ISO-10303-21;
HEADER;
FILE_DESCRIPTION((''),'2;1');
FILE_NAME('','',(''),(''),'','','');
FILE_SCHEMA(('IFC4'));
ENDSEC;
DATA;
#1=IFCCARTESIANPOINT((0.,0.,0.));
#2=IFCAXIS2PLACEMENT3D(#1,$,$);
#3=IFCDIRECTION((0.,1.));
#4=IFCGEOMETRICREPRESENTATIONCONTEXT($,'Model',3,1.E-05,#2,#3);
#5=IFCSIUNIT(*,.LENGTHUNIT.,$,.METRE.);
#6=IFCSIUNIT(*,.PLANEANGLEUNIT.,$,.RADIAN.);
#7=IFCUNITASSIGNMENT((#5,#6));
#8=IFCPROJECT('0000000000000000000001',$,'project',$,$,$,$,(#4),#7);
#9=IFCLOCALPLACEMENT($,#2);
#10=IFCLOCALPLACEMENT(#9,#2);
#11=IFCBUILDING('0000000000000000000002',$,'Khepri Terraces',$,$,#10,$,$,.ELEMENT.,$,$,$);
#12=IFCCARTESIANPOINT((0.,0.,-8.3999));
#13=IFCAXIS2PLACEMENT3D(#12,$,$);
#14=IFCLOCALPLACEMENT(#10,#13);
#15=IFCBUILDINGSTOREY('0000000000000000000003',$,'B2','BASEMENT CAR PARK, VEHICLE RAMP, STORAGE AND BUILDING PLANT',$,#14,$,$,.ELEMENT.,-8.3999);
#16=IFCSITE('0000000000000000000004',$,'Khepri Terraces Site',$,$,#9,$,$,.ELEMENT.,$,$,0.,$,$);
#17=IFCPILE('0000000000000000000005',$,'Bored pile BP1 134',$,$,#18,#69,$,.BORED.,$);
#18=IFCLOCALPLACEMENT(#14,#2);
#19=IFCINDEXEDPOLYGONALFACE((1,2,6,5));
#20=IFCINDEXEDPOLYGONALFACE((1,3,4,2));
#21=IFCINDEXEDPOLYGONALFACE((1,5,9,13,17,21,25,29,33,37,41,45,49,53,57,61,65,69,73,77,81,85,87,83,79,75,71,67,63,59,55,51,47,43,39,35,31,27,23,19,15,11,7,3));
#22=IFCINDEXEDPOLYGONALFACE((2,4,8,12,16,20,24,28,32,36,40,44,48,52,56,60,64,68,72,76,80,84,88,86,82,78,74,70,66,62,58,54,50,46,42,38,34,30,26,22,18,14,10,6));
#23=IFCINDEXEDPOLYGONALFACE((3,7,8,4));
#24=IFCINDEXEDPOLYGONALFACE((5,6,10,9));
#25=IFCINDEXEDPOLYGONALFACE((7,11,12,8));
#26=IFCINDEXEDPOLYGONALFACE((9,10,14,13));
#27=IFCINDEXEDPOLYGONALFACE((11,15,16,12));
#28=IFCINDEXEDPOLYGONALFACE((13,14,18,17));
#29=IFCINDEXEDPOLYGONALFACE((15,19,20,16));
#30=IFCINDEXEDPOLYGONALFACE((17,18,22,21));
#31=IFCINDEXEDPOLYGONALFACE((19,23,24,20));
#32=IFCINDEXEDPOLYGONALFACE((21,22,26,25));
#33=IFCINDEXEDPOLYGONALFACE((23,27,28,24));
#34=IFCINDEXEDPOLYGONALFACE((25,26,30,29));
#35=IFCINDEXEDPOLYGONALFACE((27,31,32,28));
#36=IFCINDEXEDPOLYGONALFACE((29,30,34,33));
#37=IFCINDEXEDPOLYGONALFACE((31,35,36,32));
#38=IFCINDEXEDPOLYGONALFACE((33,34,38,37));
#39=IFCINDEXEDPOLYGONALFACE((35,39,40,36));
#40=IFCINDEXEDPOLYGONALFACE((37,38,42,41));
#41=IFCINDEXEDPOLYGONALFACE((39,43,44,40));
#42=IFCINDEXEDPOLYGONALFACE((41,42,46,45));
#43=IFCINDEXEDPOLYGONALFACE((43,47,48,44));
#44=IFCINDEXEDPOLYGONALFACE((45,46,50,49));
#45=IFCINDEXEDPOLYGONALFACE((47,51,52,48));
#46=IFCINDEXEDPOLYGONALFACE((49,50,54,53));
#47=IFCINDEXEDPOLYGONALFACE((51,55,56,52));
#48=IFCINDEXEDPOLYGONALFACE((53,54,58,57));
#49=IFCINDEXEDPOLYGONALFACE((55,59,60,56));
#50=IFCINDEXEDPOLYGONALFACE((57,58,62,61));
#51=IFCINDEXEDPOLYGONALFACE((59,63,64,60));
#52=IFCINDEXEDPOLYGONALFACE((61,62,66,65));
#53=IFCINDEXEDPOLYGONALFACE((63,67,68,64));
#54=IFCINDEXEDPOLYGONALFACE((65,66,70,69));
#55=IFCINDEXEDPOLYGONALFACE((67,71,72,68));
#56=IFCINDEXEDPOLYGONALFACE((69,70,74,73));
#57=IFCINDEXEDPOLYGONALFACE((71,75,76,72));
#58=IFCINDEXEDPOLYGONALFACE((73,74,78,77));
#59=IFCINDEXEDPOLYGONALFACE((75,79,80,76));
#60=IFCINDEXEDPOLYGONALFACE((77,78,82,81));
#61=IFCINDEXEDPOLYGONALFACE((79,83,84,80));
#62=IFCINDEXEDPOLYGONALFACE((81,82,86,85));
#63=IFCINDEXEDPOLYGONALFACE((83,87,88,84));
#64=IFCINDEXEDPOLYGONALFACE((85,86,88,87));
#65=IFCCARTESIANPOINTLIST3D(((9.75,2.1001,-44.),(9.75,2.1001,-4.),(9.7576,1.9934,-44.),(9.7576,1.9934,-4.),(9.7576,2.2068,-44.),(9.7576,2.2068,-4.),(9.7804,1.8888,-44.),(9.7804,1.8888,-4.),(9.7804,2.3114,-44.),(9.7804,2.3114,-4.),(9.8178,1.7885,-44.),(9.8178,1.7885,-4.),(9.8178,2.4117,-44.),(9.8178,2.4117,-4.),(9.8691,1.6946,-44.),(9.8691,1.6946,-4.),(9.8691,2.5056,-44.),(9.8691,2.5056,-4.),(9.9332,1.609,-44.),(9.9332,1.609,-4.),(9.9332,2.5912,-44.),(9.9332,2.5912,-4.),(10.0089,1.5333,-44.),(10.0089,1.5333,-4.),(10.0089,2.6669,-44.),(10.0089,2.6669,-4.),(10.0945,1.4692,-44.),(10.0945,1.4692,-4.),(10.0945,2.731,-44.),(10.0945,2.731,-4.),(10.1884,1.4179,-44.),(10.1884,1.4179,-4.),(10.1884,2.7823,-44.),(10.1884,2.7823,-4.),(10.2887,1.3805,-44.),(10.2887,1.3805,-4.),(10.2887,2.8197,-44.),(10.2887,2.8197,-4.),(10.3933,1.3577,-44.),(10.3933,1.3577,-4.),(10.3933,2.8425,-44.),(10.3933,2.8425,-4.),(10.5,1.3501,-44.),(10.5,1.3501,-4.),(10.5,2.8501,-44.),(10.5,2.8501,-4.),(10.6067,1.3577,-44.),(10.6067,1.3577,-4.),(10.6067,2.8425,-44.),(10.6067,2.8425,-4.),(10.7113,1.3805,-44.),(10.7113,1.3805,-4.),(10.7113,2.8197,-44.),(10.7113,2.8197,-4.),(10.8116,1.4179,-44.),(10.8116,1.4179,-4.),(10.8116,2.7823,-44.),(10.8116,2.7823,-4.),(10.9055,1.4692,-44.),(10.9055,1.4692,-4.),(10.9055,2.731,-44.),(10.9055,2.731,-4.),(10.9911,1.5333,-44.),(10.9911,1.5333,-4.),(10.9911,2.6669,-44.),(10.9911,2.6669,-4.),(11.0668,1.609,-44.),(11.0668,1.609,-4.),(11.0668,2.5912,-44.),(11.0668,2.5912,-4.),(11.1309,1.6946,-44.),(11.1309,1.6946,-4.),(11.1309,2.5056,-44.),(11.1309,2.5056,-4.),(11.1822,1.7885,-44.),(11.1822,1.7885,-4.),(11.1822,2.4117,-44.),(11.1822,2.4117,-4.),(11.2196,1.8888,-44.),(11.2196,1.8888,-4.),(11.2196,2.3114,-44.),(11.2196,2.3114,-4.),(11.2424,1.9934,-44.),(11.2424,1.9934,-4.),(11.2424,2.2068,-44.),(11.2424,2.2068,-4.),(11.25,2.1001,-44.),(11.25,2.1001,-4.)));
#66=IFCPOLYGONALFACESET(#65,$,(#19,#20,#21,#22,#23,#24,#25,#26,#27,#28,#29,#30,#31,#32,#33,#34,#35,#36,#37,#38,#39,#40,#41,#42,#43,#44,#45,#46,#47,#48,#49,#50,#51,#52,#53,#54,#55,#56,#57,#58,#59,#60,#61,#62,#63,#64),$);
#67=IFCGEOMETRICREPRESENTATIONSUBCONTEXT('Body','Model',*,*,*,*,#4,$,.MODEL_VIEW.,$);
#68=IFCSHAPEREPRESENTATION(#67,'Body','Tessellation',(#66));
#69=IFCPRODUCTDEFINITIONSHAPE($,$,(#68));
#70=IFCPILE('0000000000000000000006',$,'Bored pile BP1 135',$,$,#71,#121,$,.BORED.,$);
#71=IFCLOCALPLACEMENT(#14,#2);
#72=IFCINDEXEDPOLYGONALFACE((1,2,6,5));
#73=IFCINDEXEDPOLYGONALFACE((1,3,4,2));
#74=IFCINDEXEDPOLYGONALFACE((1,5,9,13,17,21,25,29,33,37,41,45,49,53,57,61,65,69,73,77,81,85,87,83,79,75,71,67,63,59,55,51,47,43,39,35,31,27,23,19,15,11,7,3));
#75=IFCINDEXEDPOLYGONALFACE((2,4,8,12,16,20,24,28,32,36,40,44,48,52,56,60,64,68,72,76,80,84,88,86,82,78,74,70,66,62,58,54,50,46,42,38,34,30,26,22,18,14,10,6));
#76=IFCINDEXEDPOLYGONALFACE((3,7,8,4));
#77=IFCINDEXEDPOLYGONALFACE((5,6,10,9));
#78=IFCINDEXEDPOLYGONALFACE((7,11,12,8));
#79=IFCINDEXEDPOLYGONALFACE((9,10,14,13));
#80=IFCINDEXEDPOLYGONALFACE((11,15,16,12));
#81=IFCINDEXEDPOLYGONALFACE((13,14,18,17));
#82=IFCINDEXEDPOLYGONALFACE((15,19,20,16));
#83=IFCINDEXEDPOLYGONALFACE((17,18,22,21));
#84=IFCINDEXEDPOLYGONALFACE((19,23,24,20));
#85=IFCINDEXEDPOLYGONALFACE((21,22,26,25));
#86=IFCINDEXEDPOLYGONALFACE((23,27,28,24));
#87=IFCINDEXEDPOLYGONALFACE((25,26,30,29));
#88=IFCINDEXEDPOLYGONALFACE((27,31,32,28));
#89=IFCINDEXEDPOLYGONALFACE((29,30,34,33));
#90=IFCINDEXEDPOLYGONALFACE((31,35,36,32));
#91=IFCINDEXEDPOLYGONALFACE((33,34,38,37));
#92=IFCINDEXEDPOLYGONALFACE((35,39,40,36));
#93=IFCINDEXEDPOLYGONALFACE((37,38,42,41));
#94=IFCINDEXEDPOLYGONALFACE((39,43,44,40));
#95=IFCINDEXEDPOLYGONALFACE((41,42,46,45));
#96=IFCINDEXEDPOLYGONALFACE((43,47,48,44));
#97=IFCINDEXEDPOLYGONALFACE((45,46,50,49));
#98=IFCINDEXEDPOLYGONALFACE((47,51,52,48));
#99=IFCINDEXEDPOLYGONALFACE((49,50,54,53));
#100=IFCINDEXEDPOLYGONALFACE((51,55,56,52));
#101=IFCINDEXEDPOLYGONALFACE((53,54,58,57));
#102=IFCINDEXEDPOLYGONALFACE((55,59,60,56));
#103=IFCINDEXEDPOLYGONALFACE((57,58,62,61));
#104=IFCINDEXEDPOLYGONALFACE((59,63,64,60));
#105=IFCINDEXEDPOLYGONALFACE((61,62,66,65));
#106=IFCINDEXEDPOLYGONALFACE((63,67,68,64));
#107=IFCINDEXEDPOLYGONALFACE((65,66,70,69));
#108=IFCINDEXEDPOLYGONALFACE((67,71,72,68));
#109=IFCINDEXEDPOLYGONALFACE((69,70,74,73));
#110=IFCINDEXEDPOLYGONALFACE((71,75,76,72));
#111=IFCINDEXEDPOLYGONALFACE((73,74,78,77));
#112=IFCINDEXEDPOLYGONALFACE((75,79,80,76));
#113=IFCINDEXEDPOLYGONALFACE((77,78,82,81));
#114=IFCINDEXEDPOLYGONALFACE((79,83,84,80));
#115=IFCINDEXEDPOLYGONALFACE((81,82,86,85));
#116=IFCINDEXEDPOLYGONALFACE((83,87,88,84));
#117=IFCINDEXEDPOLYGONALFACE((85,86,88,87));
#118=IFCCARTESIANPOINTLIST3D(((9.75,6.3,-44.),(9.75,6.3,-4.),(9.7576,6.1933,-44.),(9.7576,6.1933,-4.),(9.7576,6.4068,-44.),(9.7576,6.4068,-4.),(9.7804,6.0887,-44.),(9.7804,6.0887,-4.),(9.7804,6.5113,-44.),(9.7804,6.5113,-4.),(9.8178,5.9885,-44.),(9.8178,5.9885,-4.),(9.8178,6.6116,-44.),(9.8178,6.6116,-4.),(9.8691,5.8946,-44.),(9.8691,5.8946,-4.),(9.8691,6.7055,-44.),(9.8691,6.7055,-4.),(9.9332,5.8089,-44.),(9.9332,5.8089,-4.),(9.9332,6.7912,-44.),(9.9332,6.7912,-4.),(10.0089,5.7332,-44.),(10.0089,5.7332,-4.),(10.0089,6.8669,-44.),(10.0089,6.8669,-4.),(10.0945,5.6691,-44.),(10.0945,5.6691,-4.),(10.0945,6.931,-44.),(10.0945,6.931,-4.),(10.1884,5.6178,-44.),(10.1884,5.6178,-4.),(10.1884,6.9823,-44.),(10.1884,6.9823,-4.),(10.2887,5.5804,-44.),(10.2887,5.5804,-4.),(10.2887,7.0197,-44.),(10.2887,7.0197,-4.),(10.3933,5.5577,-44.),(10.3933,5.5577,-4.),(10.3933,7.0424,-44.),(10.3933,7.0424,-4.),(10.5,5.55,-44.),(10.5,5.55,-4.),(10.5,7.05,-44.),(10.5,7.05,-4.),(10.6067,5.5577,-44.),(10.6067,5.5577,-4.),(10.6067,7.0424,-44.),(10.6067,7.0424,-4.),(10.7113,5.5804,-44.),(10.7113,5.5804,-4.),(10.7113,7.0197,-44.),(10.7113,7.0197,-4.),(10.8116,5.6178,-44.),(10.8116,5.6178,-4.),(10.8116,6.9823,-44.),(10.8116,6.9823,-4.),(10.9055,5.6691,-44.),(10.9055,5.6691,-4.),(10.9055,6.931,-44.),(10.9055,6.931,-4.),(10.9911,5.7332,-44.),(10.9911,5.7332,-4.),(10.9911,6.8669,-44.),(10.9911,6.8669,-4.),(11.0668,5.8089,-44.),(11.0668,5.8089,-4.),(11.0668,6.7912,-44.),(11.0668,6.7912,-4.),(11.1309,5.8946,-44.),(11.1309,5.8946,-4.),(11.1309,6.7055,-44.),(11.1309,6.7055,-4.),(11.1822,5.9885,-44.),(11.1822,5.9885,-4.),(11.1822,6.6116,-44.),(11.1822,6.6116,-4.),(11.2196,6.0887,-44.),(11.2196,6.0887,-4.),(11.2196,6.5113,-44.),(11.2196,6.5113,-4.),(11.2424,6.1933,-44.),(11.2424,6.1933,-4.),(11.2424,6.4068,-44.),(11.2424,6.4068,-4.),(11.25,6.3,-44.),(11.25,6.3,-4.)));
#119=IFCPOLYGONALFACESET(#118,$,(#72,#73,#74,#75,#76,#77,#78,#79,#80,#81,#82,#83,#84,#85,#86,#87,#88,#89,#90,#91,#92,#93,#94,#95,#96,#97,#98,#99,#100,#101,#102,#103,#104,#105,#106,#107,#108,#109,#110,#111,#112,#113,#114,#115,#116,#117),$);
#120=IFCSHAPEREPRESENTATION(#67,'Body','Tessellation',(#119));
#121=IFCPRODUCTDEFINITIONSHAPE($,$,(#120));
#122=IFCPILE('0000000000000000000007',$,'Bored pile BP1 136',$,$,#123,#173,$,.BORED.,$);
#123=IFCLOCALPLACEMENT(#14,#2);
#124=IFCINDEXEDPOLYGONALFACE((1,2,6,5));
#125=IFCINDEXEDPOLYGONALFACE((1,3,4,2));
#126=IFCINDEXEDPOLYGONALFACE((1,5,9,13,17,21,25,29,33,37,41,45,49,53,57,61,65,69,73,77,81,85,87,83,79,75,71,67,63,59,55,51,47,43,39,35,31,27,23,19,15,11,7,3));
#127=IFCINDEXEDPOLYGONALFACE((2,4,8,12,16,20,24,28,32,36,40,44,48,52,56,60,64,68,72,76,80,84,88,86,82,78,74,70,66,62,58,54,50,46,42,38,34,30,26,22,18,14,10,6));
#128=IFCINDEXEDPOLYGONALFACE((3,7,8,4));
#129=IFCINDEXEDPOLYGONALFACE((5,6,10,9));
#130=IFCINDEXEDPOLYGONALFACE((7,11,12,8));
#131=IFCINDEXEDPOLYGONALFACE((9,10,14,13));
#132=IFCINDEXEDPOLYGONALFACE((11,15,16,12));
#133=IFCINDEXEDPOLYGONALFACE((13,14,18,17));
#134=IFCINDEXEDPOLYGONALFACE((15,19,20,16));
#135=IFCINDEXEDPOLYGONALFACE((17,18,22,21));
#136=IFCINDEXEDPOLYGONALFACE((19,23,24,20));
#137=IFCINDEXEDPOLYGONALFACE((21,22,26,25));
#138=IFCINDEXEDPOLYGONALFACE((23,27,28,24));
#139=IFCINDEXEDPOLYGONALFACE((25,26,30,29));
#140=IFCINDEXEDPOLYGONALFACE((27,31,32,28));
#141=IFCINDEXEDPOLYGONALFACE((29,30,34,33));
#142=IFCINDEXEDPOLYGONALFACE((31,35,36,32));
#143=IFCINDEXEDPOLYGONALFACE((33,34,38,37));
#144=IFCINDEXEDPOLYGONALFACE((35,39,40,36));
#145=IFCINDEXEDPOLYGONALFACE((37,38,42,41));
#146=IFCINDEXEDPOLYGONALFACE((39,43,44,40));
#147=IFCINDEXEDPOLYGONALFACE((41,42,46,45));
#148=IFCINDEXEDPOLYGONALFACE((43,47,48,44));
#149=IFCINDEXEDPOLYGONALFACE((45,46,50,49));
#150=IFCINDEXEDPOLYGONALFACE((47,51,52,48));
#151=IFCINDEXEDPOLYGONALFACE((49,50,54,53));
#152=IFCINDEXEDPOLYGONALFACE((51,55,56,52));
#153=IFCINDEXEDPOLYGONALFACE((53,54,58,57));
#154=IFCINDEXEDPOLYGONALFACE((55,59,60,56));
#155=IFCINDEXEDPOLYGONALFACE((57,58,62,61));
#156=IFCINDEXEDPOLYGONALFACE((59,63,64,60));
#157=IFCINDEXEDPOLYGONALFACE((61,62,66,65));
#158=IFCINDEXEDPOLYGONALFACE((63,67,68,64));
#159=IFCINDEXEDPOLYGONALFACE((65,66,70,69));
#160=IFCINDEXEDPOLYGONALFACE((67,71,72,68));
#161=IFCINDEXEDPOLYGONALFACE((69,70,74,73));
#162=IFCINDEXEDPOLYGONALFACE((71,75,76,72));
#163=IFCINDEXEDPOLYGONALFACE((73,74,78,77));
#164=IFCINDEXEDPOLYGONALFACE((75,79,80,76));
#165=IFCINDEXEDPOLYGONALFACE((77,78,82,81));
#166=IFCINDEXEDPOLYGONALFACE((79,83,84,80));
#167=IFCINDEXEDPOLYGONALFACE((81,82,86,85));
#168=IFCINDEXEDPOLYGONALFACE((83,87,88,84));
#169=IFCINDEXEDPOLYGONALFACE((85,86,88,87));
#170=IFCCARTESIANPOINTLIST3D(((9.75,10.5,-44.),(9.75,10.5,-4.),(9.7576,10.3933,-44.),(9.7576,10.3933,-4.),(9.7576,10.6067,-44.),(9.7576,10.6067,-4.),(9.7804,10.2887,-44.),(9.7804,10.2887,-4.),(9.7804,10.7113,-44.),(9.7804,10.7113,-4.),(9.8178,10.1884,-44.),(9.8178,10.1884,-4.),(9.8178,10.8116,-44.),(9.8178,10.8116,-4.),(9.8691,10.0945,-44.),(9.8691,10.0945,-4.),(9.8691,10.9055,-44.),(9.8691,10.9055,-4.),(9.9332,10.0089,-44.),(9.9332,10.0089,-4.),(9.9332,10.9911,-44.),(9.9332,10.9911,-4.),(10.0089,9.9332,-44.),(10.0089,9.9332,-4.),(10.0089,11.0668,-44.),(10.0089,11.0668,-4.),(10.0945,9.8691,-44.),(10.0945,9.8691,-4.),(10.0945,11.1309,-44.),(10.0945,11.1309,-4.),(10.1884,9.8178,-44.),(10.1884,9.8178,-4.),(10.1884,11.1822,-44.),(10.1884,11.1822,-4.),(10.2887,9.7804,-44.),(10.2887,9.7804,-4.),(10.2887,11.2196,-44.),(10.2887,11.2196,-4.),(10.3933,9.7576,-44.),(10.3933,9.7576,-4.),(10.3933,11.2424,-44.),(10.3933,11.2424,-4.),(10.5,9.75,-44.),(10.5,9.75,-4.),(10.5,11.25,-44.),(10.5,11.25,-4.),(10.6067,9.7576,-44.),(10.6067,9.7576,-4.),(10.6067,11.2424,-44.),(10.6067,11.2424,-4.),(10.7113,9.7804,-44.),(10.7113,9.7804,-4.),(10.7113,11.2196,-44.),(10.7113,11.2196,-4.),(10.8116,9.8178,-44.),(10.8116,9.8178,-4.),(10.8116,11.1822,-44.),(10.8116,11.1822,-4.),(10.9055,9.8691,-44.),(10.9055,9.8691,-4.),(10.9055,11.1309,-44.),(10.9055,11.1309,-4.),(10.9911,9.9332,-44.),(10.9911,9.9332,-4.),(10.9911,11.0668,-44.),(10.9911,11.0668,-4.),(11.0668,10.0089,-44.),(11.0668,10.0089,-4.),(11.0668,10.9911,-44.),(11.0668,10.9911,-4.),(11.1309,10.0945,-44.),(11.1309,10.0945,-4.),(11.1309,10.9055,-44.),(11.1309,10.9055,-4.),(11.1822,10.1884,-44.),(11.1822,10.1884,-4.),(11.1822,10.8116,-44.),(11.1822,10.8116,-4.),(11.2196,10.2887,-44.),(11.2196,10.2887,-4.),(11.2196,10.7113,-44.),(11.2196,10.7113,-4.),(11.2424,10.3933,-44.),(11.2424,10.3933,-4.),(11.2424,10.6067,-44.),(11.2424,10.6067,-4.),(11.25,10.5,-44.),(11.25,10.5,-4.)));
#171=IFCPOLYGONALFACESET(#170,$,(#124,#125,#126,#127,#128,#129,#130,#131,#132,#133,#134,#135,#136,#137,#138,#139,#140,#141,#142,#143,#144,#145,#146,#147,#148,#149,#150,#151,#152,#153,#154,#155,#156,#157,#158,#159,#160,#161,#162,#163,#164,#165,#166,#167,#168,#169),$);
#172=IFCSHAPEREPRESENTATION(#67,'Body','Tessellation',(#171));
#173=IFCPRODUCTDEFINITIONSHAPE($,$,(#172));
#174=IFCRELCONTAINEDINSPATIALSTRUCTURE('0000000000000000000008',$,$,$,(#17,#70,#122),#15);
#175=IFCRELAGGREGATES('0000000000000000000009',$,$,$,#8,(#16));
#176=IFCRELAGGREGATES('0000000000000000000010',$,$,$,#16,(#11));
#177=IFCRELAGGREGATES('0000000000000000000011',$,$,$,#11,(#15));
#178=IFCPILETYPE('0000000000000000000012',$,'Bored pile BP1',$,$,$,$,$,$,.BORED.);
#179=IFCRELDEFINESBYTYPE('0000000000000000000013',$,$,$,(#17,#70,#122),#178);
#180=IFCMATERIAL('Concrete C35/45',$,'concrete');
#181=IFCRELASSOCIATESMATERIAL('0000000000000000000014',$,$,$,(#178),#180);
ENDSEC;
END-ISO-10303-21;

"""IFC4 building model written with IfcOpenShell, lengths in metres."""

from ifc_helpers import new_model, si_unit, direction, frame, origin, origin_2d, place, context, subcontext, project, spatial, circle, extrude, material, material_profile, profile_set, type_object, element, save


model = new_model("IFC4")

# Units and contexts
model_context = context("Model", 3, precision=1e-05, world=origin(), true_north=direction((0.0, 1.0)))
body_context = subcontext(model_context, "Body", "Model", "MODEL_VIEW")
ifc_project = project(units=[si_unit("LENGTHUNIT", "METRE"), si_unit("PLANEANGLEUNIT", "RADIAN")], contexts=[model_context])

# Site, building, storey
site_placement = place(None, origin())
site = spatial("IfcSite", under=ifc_project, at=site_placement, Name="Khepri Terraces Site", CompositionType="ELEMENT", RefElevation=0.0)
building_placement = place(site_placement, origin())
building = spatial("IfcBuilding", under=site, at=building_placement, Name="Khepri Terraces", CompositionType="ELEMENT")
storey_placement = place(building_placement, frame((0.0, 0.0, -8.3999)))
storey = spatial("IfcBuildingStorey", under=building, at=storey_placement, Name="B2", Description="BASEMENT CAR PARK, VEHICLE RAMP, STORAGE AND BUILDING PLANT", CompositionType="ELEMENT", Elevation=-8.3999)

# Piles
ifc_material_1 = material(Name="Concrete C35/45", Category="concrete")
ifc_material_profile_1 = material_profile(ifc_material_1, circle(Radius=0.75, at=origin_2d()), Name="Concrete C35/45", Category="concrete")
ifc_profile_set_1 = profile_set([ifc_material_profile_1], Name="Concrete C35/45")
pile_type = type_object("IfcPileType", Name="Bored pile BP1", PredefinedType="BORED", material=ifc_profile_set_1)
for number, where, z_axis, x_axis, name in (
    (1, (10.5, 2.1001, -4.0), (0.0, 0.0, -1.0), (1.0, 0.0, 0.0), "Bored pile BP1 134"),
    (2, (10.5, 6.3, -4.0), (0.0, 0.0, -1.0), (1.0, 0.0, 0.0), "Bored pile BP1 135"),
    (3, (10.5, 10.5, -4.0), (0.0, 0.0, -1.0), (1.0, 0.0, 0.0), "Bored pile BP1 136"),
):
    element("IfcPile", number, at=place(storey_placement, frame(where, z_axis=z_axis, x_axis=x_axis)), inside=storey, type_object=pile_type, Name=name, PredefinedType="BORED", context=body_context, shape_type="SweptSolid", body=[
        extrude(circle(Radius=0.75, at=origin_2d()), origin(), (0.0, 0.0, 1.0), 40.0),
    ])

save(model, "model.ifc")
